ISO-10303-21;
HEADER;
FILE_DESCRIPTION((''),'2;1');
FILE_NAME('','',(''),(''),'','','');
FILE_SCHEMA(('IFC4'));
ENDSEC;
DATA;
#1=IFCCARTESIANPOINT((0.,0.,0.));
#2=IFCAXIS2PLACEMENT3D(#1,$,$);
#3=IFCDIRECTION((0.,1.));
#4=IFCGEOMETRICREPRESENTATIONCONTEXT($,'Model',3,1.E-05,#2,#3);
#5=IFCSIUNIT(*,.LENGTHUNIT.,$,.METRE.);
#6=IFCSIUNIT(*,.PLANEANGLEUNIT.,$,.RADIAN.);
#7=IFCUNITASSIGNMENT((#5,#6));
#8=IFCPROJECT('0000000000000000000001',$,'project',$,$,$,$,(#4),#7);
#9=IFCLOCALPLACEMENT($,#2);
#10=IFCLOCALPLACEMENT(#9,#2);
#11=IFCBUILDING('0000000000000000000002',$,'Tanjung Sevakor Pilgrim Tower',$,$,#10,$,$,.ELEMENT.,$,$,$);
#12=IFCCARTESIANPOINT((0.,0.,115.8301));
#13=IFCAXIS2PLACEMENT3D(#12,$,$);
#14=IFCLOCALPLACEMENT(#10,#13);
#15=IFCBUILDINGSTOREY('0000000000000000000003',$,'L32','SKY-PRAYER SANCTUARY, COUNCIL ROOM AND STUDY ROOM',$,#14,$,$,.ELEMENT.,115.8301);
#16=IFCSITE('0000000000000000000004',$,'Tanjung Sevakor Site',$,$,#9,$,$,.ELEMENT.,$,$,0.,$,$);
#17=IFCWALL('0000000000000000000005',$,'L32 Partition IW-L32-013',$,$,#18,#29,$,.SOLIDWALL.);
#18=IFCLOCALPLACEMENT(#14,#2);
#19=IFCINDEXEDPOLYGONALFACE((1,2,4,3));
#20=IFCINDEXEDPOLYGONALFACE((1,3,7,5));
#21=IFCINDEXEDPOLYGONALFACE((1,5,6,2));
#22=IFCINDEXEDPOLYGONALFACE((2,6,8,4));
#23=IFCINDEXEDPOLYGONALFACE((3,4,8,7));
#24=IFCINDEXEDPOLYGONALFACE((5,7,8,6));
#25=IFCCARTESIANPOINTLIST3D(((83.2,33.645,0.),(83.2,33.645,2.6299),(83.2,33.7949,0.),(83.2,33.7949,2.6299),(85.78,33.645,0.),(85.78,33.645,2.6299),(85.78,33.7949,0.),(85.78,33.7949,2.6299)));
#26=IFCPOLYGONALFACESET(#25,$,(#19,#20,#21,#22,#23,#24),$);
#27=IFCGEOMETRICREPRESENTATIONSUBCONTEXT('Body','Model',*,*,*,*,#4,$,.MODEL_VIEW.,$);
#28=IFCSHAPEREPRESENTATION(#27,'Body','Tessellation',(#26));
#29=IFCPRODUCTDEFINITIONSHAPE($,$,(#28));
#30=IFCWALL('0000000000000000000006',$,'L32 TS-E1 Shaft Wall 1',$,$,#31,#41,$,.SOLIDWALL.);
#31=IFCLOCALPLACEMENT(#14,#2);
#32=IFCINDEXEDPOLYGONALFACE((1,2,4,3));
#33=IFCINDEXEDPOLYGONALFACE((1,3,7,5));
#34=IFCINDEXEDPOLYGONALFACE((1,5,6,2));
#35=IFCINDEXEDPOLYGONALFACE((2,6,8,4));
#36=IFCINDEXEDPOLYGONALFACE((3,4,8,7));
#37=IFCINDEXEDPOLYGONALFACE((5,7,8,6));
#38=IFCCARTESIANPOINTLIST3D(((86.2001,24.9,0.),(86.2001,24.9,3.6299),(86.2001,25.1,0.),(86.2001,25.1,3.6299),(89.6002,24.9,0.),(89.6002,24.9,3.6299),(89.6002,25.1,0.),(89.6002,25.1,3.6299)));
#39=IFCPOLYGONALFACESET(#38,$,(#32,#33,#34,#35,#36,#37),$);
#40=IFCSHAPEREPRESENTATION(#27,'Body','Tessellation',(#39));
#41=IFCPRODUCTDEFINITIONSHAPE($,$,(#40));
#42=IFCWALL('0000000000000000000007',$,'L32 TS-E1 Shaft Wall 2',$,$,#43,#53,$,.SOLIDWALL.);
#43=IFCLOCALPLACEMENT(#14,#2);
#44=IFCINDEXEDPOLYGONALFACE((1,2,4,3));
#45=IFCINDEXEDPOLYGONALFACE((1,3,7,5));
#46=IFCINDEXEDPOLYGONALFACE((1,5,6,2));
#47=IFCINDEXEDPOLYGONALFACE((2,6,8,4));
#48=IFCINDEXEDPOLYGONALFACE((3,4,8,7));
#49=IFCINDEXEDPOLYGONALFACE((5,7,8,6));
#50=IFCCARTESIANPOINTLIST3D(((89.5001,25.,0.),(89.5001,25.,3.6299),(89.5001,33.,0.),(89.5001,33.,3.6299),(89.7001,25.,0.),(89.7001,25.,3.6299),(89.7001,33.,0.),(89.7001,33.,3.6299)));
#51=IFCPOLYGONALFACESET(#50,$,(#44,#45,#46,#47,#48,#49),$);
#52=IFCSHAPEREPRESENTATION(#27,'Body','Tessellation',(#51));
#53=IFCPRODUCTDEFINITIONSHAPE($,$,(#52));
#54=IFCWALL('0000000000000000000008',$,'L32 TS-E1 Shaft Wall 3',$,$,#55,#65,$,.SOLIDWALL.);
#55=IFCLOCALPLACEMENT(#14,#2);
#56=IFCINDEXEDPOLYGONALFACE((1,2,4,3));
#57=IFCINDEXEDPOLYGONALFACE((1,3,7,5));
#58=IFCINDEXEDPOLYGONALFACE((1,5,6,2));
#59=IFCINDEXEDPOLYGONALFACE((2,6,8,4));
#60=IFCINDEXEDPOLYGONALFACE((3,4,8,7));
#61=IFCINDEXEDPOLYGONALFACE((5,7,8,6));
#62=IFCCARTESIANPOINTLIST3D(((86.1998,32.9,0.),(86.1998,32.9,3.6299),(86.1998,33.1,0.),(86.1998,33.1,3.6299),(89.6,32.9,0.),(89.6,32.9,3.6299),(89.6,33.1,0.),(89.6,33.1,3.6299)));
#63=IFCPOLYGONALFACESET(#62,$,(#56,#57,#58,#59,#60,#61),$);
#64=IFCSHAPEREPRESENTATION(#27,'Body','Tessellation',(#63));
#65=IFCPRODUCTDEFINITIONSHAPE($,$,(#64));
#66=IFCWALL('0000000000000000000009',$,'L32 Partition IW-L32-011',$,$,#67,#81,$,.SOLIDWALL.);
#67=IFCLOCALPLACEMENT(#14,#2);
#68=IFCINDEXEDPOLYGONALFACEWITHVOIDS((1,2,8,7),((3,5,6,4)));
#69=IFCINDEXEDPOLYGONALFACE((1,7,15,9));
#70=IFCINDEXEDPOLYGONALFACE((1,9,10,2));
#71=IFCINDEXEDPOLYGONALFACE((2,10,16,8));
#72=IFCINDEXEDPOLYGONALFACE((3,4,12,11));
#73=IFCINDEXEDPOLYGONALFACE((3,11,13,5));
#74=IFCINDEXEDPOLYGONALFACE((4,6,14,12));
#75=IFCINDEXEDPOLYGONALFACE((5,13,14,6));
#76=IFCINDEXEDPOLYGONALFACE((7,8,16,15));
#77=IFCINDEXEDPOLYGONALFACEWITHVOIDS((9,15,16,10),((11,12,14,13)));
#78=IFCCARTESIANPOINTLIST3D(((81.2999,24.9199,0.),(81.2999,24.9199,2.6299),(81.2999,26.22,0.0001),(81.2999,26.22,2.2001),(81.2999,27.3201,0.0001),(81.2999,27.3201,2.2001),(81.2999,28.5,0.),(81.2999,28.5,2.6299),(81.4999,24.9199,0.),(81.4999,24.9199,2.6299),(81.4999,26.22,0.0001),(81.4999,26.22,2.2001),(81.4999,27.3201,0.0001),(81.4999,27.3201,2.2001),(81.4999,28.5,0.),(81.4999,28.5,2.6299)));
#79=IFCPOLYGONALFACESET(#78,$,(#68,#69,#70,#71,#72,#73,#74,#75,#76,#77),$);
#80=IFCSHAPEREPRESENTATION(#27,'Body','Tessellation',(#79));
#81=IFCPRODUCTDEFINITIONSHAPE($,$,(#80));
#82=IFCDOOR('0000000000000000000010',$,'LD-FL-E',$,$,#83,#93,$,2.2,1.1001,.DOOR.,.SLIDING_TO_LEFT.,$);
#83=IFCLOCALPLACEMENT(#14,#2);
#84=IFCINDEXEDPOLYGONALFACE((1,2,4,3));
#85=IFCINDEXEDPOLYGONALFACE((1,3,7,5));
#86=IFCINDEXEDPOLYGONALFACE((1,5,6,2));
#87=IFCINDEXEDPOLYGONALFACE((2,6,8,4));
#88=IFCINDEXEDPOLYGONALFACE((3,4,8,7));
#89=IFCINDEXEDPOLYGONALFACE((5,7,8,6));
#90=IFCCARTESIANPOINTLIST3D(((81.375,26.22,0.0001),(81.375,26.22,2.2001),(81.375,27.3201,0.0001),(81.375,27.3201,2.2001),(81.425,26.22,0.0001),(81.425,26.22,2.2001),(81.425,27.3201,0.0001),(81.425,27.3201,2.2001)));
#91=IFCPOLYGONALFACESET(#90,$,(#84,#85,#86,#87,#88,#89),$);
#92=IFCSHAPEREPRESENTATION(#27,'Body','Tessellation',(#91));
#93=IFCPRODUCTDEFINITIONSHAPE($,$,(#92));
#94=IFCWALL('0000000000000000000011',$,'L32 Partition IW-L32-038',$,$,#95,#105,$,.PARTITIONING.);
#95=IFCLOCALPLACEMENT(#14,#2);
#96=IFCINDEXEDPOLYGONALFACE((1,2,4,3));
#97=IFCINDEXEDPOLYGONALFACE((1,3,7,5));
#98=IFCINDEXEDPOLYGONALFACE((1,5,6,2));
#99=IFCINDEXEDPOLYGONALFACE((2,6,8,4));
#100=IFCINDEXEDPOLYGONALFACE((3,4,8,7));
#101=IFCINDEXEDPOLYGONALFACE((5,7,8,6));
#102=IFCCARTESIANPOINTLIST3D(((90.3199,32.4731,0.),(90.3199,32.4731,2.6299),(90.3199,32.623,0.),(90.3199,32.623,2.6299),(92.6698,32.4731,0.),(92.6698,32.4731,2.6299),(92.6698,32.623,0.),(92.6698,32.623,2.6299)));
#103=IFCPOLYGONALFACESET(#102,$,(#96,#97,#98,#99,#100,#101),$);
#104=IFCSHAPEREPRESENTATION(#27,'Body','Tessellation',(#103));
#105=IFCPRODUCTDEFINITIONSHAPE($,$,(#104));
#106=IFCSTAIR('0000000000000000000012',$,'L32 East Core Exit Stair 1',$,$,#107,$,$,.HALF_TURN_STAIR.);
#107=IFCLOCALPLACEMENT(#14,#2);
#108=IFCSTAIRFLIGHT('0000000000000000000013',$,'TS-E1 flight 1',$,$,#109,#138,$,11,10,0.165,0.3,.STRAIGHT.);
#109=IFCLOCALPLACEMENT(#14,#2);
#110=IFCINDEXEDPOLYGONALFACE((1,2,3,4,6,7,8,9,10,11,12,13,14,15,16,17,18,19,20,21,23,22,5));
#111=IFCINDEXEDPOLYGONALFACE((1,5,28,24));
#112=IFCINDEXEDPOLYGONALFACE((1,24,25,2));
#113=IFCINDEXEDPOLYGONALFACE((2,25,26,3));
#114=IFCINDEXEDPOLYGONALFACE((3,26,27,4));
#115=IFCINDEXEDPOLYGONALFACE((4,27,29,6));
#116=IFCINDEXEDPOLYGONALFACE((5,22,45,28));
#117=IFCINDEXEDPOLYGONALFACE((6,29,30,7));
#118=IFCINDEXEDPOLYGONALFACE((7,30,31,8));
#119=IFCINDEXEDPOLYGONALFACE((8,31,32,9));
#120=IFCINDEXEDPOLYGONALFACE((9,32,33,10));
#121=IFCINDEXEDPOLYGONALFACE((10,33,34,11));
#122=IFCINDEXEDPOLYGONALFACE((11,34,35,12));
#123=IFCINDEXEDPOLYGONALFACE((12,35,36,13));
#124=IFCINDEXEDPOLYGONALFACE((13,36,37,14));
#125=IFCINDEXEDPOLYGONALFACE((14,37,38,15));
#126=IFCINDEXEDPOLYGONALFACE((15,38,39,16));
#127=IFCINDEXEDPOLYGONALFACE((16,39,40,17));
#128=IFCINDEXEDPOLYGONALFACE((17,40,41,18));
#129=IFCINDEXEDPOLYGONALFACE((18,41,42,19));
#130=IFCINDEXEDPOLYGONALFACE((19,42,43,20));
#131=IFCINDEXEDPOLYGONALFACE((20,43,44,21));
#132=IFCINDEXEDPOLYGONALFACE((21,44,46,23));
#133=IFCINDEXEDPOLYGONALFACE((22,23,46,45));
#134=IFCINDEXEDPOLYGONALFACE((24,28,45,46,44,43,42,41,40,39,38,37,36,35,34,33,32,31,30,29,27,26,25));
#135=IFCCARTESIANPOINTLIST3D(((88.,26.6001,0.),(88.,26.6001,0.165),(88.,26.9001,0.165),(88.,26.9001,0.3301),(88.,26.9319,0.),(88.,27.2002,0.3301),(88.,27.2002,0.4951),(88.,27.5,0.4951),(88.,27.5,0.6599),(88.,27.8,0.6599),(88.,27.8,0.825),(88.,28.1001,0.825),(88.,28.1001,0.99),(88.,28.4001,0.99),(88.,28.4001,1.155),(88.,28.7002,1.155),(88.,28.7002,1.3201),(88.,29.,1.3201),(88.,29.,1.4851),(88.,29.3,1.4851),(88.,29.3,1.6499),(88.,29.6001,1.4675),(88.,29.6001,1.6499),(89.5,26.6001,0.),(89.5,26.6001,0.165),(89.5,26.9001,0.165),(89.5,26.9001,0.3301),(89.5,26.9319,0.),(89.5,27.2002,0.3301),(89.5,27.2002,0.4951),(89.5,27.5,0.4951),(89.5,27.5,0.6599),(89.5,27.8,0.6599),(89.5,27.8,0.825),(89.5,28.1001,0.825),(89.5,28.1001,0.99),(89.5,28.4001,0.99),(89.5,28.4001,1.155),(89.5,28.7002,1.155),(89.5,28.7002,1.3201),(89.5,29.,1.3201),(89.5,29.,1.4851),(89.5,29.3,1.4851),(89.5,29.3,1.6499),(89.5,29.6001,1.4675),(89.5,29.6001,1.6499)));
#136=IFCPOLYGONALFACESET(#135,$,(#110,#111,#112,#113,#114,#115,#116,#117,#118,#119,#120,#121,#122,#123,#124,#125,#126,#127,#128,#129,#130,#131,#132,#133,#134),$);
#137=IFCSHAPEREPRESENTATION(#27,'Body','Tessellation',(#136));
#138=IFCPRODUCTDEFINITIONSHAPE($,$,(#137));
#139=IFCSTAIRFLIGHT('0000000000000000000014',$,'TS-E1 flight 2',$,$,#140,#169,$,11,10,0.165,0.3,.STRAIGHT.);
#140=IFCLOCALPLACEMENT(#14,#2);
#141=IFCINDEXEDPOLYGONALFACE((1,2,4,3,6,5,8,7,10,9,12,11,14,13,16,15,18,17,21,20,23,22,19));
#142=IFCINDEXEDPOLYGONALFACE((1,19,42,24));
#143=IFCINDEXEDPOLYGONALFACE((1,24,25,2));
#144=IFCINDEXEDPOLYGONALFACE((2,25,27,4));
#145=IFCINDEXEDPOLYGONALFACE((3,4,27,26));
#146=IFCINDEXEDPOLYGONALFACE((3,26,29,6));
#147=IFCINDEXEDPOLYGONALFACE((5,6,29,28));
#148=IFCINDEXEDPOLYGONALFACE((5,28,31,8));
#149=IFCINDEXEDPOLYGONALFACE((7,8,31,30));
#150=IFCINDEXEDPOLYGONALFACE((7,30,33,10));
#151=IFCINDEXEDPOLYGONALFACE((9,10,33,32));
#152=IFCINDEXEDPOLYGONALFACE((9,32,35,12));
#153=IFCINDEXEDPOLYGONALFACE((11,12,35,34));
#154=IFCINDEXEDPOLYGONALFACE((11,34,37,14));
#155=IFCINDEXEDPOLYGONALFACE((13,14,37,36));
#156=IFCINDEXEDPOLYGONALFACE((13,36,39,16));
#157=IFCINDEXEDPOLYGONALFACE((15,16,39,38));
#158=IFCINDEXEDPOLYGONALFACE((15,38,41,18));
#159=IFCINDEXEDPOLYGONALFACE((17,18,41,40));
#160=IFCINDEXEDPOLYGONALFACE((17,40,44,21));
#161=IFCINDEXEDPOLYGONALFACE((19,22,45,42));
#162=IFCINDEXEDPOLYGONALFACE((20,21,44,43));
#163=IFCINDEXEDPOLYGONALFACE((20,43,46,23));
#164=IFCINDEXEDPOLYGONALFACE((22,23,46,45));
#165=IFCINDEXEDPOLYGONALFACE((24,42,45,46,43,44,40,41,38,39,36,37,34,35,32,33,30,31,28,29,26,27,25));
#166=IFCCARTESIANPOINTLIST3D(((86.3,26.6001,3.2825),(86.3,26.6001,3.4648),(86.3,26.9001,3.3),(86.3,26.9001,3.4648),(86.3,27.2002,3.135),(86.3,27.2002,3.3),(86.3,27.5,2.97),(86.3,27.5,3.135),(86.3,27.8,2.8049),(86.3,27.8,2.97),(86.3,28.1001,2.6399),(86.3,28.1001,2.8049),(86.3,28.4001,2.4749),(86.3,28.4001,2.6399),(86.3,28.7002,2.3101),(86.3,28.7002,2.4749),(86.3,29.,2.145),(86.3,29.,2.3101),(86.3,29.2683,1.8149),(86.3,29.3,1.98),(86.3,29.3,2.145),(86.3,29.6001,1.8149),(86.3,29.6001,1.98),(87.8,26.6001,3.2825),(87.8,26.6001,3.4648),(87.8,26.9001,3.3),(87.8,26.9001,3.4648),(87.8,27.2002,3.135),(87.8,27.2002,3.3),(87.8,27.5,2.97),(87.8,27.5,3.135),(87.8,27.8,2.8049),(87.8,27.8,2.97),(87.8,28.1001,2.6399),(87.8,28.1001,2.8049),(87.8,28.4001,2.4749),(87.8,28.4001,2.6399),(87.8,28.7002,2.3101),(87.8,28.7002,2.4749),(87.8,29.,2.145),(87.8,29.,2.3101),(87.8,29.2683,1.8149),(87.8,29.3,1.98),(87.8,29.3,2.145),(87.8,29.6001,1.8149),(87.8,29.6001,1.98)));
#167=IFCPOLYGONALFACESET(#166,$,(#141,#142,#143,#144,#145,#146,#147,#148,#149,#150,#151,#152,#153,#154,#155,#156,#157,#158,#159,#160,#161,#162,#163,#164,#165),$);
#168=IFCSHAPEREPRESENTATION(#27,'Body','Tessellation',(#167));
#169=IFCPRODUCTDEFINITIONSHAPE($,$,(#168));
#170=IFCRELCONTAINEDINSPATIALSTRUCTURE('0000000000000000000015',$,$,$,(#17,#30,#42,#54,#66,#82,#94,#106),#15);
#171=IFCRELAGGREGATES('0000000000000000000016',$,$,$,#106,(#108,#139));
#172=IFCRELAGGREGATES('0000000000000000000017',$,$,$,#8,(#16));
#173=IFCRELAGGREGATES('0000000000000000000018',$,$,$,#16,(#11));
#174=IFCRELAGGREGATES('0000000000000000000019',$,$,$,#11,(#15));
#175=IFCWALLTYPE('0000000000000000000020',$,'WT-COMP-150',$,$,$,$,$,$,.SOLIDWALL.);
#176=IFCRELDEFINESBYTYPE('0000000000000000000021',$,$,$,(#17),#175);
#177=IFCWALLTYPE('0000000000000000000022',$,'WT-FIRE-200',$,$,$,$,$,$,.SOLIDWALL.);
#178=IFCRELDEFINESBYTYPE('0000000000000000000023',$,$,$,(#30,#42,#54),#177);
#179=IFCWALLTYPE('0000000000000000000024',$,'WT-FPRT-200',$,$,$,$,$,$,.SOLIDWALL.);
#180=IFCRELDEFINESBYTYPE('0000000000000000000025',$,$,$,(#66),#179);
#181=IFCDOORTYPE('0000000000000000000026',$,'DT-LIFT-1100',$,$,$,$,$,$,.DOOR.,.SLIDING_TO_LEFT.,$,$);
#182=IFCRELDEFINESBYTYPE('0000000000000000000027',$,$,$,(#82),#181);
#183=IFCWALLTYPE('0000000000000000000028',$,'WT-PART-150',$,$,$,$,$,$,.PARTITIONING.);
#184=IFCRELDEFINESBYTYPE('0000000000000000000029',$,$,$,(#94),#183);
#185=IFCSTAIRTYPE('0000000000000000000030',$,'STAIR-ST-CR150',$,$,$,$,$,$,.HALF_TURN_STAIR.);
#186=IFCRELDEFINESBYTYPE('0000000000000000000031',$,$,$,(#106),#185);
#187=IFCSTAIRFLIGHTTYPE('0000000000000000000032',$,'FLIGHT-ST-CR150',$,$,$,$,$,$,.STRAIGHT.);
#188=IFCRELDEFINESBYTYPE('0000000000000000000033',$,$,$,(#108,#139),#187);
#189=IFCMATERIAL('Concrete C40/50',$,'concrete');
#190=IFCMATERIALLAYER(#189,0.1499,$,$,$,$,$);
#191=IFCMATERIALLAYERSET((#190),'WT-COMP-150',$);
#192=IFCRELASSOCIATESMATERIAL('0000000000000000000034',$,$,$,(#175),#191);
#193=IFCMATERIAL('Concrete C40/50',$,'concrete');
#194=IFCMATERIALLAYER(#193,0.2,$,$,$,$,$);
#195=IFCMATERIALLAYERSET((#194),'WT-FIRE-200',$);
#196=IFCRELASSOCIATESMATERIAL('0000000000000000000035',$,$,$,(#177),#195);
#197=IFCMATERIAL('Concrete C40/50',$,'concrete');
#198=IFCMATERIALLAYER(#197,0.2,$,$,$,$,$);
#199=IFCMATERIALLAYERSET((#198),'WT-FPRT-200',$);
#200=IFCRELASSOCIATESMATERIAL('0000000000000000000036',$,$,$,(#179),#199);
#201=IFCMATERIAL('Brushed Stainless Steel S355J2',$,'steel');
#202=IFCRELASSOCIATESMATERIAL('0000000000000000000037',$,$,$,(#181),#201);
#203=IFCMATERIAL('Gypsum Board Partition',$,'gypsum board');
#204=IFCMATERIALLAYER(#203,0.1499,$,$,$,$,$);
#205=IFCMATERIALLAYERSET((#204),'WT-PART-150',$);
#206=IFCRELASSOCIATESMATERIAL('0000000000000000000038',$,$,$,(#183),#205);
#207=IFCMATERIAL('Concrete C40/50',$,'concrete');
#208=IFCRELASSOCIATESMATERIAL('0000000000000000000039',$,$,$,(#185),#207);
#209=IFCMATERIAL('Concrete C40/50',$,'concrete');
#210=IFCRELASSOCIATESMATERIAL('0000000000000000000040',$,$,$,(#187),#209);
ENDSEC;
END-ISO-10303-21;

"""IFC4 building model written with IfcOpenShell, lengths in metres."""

from ifc_helpers import new_model, si_unit, direction, frame, frame_2d, origin, place, context, subcontext, project, spatial, polyline, rectangle, outline, extrude, material, layer, layer_set, type_object, element, fill, aggregate, save


model = new_model("IFC4")

# Units and contexts
model_context = context("Model", 3, precision=1e-05, world=origin(), true_north=direction((0.0, 1.0)))
body_context = subcontext(model_context, "Body", "Model", "MODEL_VIEW")
ifc_project = project(units=[si_unit("LENGTHUNIT", "METRE"), si_unit("PLANEANGLEUNIT", "RADIAN")], contexts=[model_context])

# Site, building, storey
site_placement = place(None, origin())
site = spatial("IfcSite", under=ifc_project, at=site_placement, Name="Tanjung Sevakor Site", CompositionType="ELEMENT", RefElevation=0.0)
building_placement = place(site_placement, origin())
building = spatial("IfcBuilding", under=site, at=building_placement, Name="Tanjung Sevakor Pilgrim Tower", CompositionType="ELEMENT")
storey_placement = place(building_placement, frame((0.0, 0.0, 115.8301)))
storey = spatial("IfcBuildingStorey", under=building, at=storey_placement, Name="L32", Description="SKY-PRAYER SANCTUARY, COUNCIL ROOM AND STUDY ROOM", CompositionType="ELEMENT", Elevation=115.8301)

# Wall
ifc_material_1 = material(Name="Concrete C40/50", Category="concrete")
ifc_layer_1 = layer(ifc_material_1, 0.1499)
ifc_layer_set_1 = layer_set([ifc_layer_1], Name="WT-COMP-150")
wall_type_1 = type_object("IfcWallType", Name="WT-COMP-150", PredefinedType="SOLIDWALL", material=ifc_layer_set_1)
wall_1_placement = place(storey_placement, frame((83.2, 33.72, 0.0), z_axis=(0.0, 0.0, 1.0), x_axis=(1.0, 0.0, 0.0)))
element("IfcWall", 1, at=wall_1_placement, inside=storey, type_object=wall_type_1, Name="L32 Partition IW-L32-013", PredefinedType="SOLIDWALL", context=body_context, shape_type="SweptSolid", body=[
    extrude(rectangle(XDim=2.5801, YDim=0.1499, at=frame_2d((1.29, 0.0))), origin(), (0.0, 0.0, 1.0), 2.6299),
])

# Walls
ifc_material_2 = material(Name="Concrete C40/50", Category="concrete")
ifc_layer_2 = layer(ifc_material_2, 0.2)
ifc_layer_set_2 = layer_set([ifc_layer_2], Name="WT-FIRE-200")
wall_type_2 = type_object("IfcWallType", Name="WT-FIRE-200", PredefinedType="SOLIDWALL", material=ifc_layer_set_2)
wall_2_placement = place(storey_placement, frame((86.2, 25.0, 0.0), z_axis=(0.0, 0.0, 1.0), x_axis=(1.0, 0.0, 0.0)))
element("IfcWall", 2, at=wall_2_placement, inside=storey, type_object=wall_type_2, Name="L32 TS-E1 Shaft Wall 1", PredefinedType="SOLIDWALL", context=body_context, shape_type="SweptSolid", body=[
    extrude(rectangle(XDim=3.4001, YDim=0.2, at=frame_2d((1.7002, 0.0))), origin(), (0.0, 0.0, 1.0), 3.6299),
])
wall_3_placement = place(storey_placement, frame((89.6001, 25.0, 0.0), z_axis=(0.0, 0.0, 1.0), x_axis=(0.0, 1.0, 0.0)))
element("IfcWall", 3, at=wall_3_placement, inside=storey, type_object=wall_type_2, Name="L32 TS-E1 Shaft Wall 2", PredefinedType="SOLIDWALL", context=body_context, shape_type="SweptSolid", body=[
    extrude(rectangle(XDim=8.0, YDim=0.2, at=frame_2d((4.0, 0.0))), origin(), (0.0, 0.0, 1.0), 3.6299),
])
wall_4_placement = place(storey_placement, frame((89.6001, 33.0, 0.0), z_axis=(0.0, 0.0, 1.0), x_axis=(-1.0, 0.0, 0.0)))
element("IfcWall", 4, at=wall_4_placement, inside=storey, type_object=wall_type_2, Name="L32 TS-E1 Shaft Wall 3", PredefinedType="SOLIDWALL", context=body_context, shape_type="SweptSolid", body=[
    extrude(rectangle(XDim=3.4001, YDim=0.2, at=frame_2d((1.7002, 0.0))), origin(), (0.0, 0.0, 1.0), 3.6299),
])

# Wall, opening, door
ifc_material_3 = material(Name="Concrete C40/50", Category="concrete")
ifc_layer_3 = layer(ifc_material_3, 0.2)
ifc_layer_set_3 = layer_set([ifc_layer_3], Name="WT-FPRT-200")
wall_type_3 = type_object("IfcWallType", Name="WT-FPRT-200", PredefinedType="SOLIDWALL", material=ifc_layer_set_3)
wall_5_placement = place(storey_placement, frame((81.3999, 24.9199, 0.0), z_axis=(0.0, 0.0, 1.0), x_axis=(0.0, 1.0, 0.0)))
wall_5 = element("IfcWall", 5, at=wall_5_placement, inside=storey, type_object=wall_type_3, Name="L32 Partition IW-L32-011", PredefinedType="SOLIDWALL", context=body_context, shape_type="SweptSolid", body=[
    extrude(rectangle(XDim=3.5801, YDim=0.2, at=frame_2d((1.79, 0.0))), origin(), (0.0, 0.0, 1.0), 2.6299),
])
opening_1_placement = place(wall_5_placement, frame((1.3, 0.0, 0.0)))
opening_1 = element("IfcOpeningElement", 6, at=opening_1_placement, cuts=wall_5, PredefinedType="OPENING", context=body_context, shape_type="SweptSolid", body=[
    extrude(rectangle(XDim=1.1001, YDim=2.2, at=frame_2d((0.55, 1.1001))), frame((0.0, 0.1099, 0.0), z_axis=(0.0, -1.0, 0.0), x_axis=(1.0, 0.0, 0.0)), (0.0, 0.0, 1.0), 0.22),
])
ifc_material_4 = material(Name="Brushed Stainless Steel S355J2", Category="steel")
door_type_1 = type_object("IfcDoorType", Name="DT-LIFT-1100", OperationType="SLIDING_TO_LEFT", PredefinedType="DOOR", material=ifc_material_4)
door_1_placement = place(opening_1_placement, origin())
door_1 = element("IfcDoor", 7, at=door_1_placement, inside=storey, type_object=door_type_1, Name="LD-FL-E", OperationType="SLIDING_TO_LEFT", OverallHeight=2.2, OverallWidth=1.1001, PredefinedType="DOOR", context=body_context, shape_type="SweptSolid", body=[
    extrude(rectangle(XDim=1.1001, YDim=2.2, at=frame_2d((0.55, 1.1001))), frame((0.0, 0.0249, 0.0), z_axis=(0.0, -1.0, 0.0), x_axis=(1.0, 0.0, 0.0)), (0.0, 0.0, 1.0), 0.05),
])
fill(opening_1, door_1)

# Wall
ifc_material_5 = material(Name="Gypsum Board Partition", Category="gypsum board")
ifc_layer_4 = layer(ifc_material_5, 0.1499)
ifc_layer_set_4 = layer_set([ifc_layer_4], Name="WT-PART-150")
wall_type_4 = type_object("IfcWallType", Name="WT-PART-150", PredefinedType="PARTITIONING", material=ifc_layer_set_4)
wall_6_placement = place(storey_placement, frame((90.3201, 32.5481, 0.0), z_axis=(0.0, 0.0, 1.0), x_axis=(1.0, 0.0, 0.0)))
element("IfcWall", 8, at=wall_6_placement, inside=storey, type_object=wall_type_4, Name="L32 Partition IW-L32-038", PredefinedType="PARTITIONING", context=body_context, shape_type="SweptSolid", body=[
    extrude(rectangle(XDim=2.3499, YDim=0.1499, at=frame_2d((1.1748, 0.0))), origin(), (0.0, 0.0, 1.0), 2.6299),
])

# Stair, stair flights
ifc_material_6 = material(Name="Concrete C40/50", Category="concrete")
stair_type = type_object("IfcStairType", Name="STAIR-ST-CR150", PredefinedType="HALF_TURN_STAIR", material=ifc_material_6)
stair_placement = place(storey_placement, origin())
stair = element("IfcStair", 9, at=stair_placement, inside=storey, type_object=stair_type, Name="L32 East Core Exit Stair 1", PredefinedType="HALF_TURN_STAIR")
ifc_material_7 = material(Name="Concrete C40/50", Category="concrete")
stair_flight_type = type_object("IfcStairFlightType", Name="FLIGHT-ST-CR150", PredefinedType="STRAIGHT", material=ifc_material_7)
stair_flight_1_placement = place(storey_placement, frame((88.75, 26.6001, 0.0), z_axis=(0.0, 0.0, 1.0), x_axis=(0.0, 1.0, 0.0)))
stair_flight_1 = element("IfcStairFlight", 10, at=stair_flight_1_placement, type_object=stair_flight_type, Name="TS-E1 flight 1", NumberOfRisers=11, NumberOfTreads=10, PredefinedType="STRAIGHT", RiserHeight=0.165, TreadLength=0.3, context=body_context, shape_type="SweptSolid", body=[
    extrude(outline(polyline([(0.0, 0.0), (0.0, 0.165), (0.3, 0.165), (0.3, 0.3301), (0.6001, 0.3301), (0.6001, 0.4951), (0.8999, 0.4951), (0.8999, 0.6599), (1.2, 0.6599), (1.2, 0.825), (1.5, 0.825), (1.5, 0.99), (1.8, 0.99), (1.8, 1.155), (2.1001, 1.155), (2.1001, 1.3201), (2.3999, 1.3201), (2.3999, 1.4851), (2.7, 1.4851), (2.7, 1.6499), (3.0, 1.6499), (3.0, 1.8149), (3.0, 1.4675), (0.3318, 0.0), (0.0, 0.0)])), frame((0.0, 0.75, 0.0), z_axis=(0.0, -1.0, 0.0), x_axis=(1.0, 0.0, 0.0)), (0.0, 0.0, 1.0), 1.5),
])
stair_flight_2_placement = place(storey_placement, frame((87.05, 29.6001, 1.8149), z_axis=(0.0, 0.0, 1.0), x_axis=(0.0, -1.0, 0.0)))
stair_flight_2 = element("IfcStairFlight", 11, at=stair_flight_2_placement, type_object=stair_flight_type, Name="TS-E1 flight 2", NumberOfRisers=11, NumberOfTreads=10, PredefinedType="STRAIGHT", RiserHeight=0.165, TreadLength=0.3, context=body_context, shape_type="SweptSolid", body=[
    extrude(outline(polyline([(0.0, 0.0), (0.0, 0.165), (0.3, 0.165), (0.3, 0.3301), (0.6001, 0.3301), (0.6001, 0.4951), (0.8999, 0.4951), (0.8999, 0.6599), (1.2, 0.6599), (1.2, 0.825), (1.5, 0.825), (1.5, 0.99), (1.8, 0.99), (1.8, 1.155), (2.1001, 1.155), (2.1001, 1.3201), (2.3999, 1.3201), (2.3999, 1.4851), (2.7, 1.4851), (2.7, 1.6499), (3.0, 1.6499), (3.0, 1.8149), (3.0, 1.4675), (0.3318, 0.0), (0.0, 0.0)])), frame((0.0, 0.75, 0.0), z_axis=(0.0, -1.0, 0.0), x_axis=(1.0, 0.0, 0.0)), (0.0, 0.0, 1.0), 1.5),
])
aggregate(stair, [stair_flight_1, stair_flight_2])

save(model, "model.ifc")
